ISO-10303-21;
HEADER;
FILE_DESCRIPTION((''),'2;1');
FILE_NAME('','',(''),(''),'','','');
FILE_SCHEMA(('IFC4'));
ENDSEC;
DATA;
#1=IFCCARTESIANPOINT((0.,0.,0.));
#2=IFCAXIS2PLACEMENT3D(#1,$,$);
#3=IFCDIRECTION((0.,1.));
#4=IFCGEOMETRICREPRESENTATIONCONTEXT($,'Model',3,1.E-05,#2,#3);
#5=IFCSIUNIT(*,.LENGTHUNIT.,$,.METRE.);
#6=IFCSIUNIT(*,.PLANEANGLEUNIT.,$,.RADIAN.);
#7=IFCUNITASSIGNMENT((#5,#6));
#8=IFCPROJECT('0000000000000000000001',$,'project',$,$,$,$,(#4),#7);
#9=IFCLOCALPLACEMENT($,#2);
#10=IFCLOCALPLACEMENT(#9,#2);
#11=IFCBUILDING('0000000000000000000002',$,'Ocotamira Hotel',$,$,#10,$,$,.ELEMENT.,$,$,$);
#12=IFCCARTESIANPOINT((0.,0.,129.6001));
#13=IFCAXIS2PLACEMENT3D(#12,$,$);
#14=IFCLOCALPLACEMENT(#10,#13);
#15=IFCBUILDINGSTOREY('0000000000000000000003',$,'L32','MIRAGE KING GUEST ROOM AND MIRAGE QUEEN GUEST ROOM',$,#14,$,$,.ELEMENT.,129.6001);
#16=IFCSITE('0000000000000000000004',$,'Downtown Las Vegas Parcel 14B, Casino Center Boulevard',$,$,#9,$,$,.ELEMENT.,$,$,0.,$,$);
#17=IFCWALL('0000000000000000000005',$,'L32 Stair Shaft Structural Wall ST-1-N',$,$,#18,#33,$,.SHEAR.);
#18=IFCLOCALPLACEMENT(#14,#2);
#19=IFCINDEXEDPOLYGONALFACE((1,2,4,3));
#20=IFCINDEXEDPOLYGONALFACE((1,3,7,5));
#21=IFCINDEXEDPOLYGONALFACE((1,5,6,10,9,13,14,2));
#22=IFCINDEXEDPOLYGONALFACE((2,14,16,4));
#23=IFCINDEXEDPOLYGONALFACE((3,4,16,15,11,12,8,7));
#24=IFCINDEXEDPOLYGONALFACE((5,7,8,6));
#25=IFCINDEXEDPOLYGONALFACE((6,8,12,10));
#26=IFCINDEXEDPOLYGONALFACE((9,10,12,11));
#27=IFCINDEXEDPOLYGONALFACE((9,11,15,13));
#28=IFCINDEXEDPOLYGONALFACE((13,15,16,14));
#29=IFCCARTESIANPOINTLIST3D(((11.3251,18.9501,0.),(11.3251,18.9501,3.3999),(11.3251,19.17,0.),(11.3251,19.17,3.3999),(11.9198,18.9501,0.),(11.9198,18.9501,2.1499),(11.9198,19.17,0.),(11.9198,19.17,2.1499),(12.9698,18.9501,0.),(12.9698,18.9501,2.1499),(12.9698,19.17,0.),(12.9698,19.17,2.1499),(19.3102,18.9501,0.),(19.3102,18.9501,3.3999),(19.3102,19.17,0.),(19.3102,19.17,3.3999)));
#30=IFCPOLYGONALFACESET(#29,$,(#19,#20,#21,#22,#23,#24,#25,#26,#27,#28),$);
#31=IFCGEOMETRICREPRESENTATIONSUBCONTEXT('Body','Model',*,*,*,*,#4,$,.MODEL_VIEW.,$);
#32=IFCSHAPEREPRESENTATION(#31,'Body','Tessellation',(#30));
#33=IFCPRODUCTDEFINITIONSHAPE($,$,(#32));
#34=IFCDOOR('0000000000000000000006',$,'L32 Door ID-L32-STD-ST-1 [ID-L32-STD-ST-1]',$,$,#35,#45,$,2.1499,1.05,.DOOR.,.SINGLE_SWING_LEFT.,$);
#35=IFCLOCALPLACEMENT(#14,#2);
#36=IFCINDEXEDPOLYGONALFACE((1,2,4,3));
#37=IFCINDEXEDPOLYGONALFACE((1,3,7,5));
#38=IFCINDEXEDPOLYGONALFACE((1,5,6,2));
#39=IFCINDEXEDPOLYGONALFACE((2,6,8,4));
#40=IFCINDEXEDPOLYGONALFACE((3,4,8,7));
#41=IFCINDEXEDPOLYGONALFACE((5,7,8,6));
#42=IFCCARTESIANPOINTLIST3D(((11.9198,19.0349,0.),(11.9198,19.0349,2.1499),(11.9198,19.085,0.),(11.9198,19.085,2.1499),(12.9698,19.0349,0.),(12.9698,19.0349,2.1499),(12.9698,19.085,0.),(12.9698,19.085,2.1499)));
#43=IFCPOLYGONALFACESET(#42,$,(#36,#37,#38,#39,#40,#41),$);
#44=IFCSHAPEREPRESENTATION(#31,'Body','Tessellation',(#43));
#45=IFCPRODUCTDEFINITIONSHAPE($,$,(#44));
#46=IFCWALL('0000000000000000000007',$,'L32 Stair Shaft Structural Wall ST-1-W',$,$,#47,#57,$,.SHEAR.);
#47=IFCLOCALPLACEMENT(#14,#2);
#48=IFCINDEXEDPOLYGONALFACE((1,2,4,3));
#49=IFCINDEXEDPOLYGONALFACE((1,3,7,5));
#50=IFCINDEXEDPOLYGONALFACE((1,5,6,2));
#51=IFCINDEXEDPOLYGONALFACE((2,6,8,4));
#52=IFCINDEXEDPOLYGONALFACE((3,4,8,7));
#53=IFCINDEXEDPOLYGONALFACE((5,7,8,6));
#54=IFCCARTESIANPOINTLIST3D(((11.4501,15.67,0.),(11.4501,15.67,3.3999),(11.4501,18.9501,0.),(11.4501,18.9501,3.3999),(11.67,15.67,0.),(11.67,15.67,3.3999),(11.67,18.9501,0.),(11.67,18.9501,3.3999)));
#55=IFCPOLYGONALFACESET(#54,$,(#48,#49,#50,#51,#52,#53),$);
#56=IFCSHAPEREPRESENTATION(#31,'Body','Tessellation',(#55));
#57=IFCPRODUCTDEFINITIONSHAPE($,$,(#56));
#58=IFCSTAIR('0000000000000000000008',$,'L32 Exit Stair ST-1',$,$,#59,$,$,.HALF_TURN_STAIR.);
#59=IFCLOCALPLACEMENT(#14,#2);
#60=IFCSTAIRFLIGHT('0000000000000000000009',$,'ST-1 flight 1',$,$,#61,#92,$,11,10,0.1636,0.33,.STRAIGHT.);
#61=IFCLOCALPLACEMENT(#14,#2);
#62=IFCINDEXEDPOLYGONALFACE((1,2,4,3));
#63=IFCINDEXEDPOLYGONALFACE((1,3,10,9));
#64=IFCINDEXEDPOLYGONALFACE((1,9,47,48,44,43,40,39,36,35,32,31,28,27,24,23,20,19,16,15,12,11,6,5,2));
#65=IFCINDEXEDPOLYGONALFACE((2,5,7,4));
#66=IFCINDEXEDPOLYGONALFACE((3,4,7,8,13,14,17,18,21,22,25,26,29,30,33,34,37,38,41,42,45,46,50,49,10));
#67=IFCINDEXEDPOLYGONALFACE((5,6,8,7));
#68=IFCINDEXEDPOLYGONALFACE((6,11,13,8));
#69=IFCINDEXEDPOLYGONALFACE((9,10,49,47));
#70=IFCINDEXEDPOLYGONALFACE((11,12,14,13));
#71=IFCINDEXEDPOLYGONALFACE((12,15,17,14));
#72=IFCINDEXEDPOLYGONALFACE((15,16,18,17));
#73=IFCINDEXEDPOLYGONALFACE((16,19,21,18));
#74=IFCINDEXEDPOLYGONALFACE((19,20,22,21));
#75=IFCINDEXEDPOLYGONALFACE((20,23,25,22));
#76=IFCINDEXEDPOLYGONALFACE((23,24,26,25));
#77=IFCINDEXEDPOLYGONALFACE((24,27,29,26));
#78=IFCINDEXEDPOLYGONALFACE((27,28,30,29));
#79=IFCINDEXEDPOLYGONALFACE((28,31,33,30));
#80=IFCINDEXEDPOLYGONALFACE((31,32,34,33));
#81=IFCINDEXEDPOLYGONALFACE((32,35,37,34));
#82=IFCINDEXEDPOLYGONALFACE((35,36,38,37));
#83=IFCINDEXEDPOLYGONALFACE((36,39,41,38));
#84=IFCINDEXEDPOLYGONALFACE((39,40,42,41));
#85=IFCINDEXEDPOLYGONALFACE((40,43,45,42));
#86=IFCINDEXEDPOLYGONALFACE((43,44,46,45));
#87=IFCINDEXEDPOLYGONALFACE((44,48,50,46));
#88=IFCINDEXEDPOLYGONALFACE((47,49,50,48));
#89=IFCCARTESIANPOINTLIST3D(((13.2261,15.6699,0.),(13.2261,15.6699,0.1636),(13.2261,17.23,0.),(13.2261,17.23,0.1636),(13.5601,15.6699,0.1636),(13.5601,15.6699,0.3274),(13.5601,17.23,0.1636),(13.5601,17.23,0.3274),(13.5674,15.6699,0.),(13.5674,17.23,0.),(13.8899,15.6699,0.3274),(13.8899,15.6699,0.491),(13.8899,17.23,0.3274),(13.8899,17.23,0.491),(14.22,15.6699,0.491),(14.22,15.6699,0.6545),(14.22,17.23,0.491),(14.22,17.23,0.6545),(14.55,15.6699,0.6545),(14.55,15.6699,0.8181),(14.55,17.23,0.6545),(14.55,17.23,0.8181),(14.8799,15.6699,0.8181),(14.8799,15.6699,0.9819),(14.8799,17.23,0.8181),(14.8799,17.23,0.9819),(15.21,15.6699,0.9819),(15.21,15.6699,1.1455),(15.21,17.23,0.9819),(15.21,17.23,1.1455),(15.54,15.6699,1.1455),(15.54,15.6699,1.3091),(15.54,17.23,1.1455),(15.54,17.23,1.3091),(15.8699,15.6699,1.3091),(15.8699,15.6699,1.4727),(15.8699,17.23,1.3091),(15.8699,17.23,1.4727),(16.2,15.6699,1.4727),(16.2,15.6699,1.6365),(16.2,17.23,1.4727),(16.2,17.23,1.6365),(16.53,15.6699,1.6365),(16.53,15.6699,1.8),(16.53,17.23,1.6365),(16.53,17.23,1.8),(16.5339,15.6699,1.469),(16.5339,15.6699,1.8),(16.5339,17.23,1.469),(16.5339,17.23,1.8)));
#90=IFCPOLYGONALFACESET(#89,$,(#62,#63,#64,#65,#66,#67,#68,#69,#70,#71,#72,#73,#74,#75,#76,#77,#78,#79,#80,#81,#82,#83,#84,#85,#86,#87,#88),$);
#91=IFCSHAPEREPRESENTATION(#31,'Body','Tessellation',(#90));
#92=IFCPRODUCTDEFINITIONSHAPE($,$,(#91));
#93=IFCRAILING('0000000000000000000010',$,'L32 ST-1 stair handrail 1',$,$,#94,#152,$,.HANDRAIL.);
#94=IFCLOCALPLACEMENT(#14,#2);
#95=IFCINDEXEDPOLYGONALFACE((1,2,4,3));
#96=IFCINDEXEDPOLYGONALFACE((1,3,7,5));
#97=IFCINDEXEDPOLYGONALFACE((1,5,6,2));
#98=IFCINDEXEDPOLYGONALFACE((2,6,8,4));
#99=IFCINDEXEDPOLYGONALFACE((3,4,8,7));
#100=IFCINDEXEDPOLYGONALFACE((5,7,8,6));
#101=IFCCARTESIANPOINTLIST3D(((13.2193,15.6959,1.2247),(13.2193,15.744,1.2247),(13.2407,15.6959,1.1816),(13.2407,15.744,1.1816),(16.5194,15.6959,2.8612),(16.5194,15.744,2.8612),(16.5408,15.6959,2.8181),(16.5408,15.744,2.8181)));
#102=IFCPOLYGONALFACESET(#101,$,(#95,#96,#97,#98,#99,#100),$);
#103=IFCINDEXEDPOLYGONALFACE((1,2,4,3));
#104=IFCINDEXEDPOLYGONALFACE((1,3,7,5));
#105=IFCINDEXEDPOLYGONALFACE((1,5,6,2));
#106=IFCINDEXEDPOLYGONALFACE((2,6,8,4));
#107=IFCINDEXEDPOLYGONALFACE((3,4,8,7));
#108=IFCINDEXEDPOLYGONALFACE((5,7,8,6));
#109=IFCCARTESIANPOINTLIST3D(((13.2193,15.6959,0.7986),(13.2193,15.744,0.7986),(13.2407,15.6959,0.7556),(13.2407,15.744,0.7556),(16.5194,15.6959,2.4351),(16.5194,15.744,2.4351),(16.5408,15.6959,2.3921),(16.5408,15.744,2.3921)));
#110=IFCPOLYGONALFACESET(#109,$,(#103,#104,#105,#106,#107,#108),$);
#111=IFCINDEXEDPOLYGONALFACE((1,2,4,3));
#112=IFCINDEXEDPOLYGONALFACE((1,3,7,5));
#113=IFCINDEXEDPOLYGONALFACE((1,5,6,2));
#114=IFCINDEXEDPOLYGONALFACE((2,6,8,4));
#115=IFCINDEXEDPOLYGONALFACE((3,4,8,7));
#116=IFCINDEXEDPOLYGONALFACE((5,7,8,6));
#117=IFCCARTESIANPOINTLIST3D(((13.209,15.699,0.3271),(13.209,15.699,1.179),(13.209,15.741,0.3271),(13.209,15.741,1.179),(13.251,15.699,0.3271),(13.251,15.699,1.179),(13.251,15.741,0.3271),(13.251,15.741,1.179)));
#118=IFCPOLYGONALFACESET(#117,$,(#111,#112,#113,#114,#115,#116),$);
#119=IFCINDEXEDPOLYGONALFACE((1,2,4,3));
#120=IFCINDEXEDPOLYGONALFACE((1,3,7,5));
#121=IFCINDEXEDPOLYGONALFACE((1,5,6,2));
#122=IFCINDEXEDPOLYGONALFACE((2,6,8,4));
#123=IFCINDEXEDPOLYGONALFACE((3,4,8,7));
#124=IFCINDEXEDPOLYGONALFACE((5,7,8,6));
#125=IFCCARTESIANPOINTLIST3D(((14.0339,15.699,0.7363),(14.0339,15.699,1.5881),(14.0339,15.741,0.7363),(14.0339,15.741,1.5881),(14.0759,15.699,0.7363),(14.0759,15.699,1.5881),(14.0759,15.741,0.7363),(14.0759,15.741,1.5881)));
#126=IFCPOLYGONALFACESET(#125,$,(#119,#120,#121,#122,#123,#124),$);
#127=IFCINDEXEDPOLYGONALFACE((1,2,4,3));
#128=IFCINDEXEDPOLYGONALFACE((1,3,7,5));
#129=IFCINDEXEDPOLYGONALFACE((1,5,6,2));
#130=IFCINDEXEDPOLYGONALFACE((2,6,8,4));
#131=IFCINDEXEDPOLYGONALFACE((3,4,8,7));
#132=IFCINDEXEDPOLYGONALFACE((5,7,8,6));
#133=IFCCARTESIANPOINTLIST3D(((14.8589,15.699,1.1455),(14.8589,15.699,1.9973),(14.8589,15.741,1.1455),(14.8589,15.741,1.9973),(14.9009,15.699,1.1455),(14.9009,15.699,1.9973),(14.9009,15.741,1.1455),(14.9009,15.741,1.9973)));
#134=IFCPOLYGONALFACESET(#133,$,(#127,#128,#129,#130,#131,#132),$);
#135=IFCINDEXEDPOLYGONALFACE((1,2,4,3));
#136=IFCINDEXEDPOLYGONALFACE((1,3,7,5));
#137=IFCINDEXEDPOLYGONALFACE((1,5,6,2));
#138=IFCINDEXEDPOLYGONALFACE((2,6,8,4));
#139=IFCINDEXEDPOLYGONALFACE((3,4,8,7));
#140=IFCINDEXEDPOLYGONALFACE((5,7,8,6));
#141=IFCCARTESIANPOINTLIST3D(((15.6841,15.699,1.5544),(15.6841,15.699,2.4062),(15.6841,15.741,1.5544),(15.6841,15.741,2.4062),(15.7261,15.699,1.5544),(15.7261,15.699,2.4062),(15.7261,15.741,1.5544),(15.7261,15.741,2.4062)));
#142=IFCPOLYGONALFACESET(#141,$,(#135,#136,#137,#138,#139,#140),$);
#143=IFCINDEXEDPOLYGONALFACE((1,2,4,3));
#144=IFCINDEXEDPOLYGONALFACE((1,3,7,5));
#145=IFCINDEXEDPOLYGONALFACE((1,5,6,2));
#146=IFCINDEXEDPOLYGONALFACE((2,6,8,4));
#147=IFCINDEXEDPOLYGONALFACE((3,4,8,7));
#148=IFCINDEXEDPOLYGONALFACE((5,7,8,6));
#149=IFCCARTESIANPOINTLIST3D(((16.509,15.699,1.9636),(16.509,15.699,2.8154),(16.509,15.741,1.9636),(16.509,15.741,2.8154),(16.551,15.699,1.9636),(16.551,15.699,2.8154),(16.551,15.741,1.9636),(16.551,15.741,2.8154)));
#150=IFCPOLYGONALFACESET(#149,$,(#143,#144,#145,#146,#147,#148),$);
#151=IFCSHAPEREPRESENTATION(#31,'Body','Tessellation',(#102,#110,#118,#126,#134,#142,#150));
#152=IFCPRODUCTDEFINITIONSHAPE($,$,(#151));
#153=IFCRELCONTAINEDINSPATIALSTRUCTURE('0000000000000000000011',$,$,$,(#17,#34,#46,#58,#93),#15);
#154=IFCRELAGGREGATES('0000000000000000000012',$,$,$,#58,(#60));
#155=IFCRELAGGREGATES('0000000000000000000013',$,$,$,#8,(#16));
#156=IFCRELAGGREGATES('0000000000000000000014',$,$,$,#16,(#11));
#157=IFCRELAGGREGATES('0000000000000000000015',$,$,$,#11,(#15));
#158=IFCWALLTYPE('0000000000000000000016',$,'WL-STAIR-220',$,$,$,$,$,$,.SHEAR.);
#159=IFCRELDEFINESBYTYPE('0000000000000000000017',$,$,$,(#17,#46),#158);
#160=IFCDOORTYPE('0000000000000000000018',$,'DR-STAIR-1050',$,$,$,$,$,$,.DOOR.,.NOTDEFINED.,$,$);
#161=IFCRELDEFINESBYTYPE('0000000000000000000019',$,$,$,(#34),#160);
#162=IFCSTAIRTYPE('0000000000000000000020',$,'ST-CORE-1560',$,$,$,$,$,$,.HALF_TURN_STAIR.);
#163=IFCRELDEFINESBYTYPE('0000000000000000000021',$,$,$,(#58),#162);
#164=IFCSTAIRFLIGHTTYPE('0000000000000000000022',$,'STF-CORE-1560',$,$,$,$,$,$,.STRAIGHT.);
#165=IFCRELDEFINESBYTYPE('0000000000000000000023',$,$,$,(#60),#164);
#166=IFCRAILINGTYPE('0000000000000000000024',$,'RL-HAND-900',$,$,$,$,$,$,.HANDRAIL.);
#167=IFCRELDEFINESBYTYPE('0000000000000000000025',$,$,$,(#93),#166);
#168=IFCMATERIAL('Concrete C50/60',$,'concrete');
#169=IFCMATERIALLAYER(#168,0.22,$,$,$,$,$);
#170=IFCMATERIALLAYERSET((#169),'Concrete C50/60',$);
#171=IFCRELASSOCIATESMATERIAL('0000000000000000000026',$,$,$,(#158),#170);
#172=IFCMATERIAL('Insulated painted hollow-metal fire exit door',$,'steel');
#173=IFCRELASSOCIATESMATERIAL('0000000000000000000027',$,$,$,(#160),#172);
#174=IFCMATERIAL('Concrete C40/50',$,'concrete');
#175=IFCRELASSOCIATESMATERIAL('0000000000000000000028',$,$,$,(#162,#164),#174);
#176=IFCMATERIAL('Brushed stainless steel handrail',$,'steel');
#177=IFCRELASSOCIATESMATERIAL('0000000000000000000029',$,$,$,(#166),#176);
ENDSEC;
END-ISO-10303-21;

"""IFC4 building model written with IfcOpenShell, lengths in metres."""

from ifc_helpers import new_model, si_unit, direction, frame, frame_2d, origin, origin_2d, place, context, subcontext, project, spatial, polyline, rectangle, outline, extrude, source, transform, mapped, material, layer, layer_set, type_object, element, fill, aggregate, save


model = new_model("IFC4")

# Units and contexts
model_context = context("Model", 3, precision=1e-05, world=origin(), true_north=direction((0.0, 1.0)))
body_context = subcontext(model_context, "Body", "Model", "MODEL_VIEW")
ifc_project = project(units=[si_unit("LENGTHUNIT", "METRE"), si_unit("PLANEANGLEUNIT", "RADIAN")], contexts=[model_context])

# Site, building, storey
site_placement = place(None, origin())
site = spatial("IfcSite", under=ifc_project, at=site_placement, Name="Downtown Las Vegas Parcel 14B, Casino Center Boulevard", CompositionType="ELEMENT", RefElevation=0.0)
building_placement = place(site_placement, origin())
building = spatial("IfcBuilding", under=site, at=building_placement, Name="Ocotamira Hotel", CompositionType="ELEMENT")
storey_placement = place(building_placement, frame((0.0, 0.0, 129.6001)))
storey = spatial("IfcBuildingStorey", under=building, at=storey_placement, Name="L32", Description="MIRAGE KING GUEST ROOM AND MIRAGE QUEEN GUEST ROOM", CompositionType="ELEMENT", Elevation=129.6001)

# Shared definitions
ifc_material_1 = material(Name="Concrete C50/60", Category="concrete")
ifc_layer_1 = layer(ifc_material_1, 0.22)
ifc_layer_set_1 = layer_set([ifc_layer_1], Name="Concrete C50/60")
wall_type_1 = type_object("IfcWallType", Name="WL-STAIR-220", PredefinedType="SHEAR", material=ifc_layer_set_1)

# Wall, opening, door
wall_1_placement = place(storey_placement, frame((11.325, 19.0601, 0.0), z_axis=(0.0, 0.0, 1.0), x_axis=(1.0, 0.0, 0.0)))
wall_1 = element("IfcWall", 1, at=wall_1_placement, inside=storey, type_object=wall_type_1, Name="L32 Stair Shaft Structural Wall ST-1-N", PredefinedType="SHEAR", context=body_context, shape_type="SweptSolid", body=[
    extrude(rectangle(XDim=7.9851, YDim=0.22, at=frame_2d((3.9927, 0.0))), origin(), (0.0, 0.0, 1.0), 3.3999),
])
opening_1_placement = place(wall_1_placement, frame((0.595, 0.0, 0.0)))
opening_1 = element("IfcOpeningElement", 2, at=opening_1_placement, cuts=wall_1, PredefinedType="OPENING", context=body_context, shape_type="SweptSolid", body=[
    extrude(rectangle(XDim=1.05, YDim=2.1499, at=frame_2d((0.5249, 1.075))), frame((0.0, 0.1201, 0.0), z_axis=(0.0, -1.0, 0.0), x_axis=(1.0, 0.0, 0.0)), (0.0, 0.0, 1.0), 0.24),
])
ifc_material_2 = material(Name="Insulated painted hollow-metal fire exit door", Category="steel")
door_type_1 = type_object("IfcDoorType", Name="DR-STAIR-1050", OperationType="NOTDEFINED", PredefinedType="DOOR", material=ifc_material_2)
shared_shape_1 = source(origin(), body_context, "Body", "SweptSolid", [
    extrude(rectangle(XDim=1.05, YDim=2.1499, at=frame_2d((0.5249, 1.075))), frame((0.0, 0.0249, 0.0), z_axis=(0.0, -1.0, 0.0), x_axis=(1.0, 0.0, 0.0)), (0.0, 0.0, 1.0), 0.05),
])
door_1_placement = place(opening_1_placement, origin())
door_1 = element("IfcDoor", 3, at=door_1_placement, inside=storey, type_object=door_type_1, Name="L32 Door ID-L32-STD-ST-1 [ID-L32-STD-ST-1]", OperationType="SINGLE_SWING_LEFT", OverallHeight=2.1499, OverallWidth=1.05, PredefinedType="DOOR", context=body_context, shape_type="MappedRepresentation", body=[
    mapped(shared_shape_1, transform((0.0, 0.0, 0.0), scale=1.0)),
])
fill(opening_1, door_1)

# Wall
wall_2_placement = place(storey_placement, frame((11.5601, 15.6699, 0.0), z_axis=(0.0, 0.0, 1.0), x_axis=(0.0, 1.0, 0.0)))
element("IfcWall", 4, at=wall_2_placement, inside=storey, type_object=wall_type_1, Name="L32 Stair Shaft Structural Wall ST-1-W", PredefinedType="SHEAR", context=body_context, shape_type="SweptSolid", body=[
    extrude(rectangle(XDim=3.28, YDim=0.22, at=frame_2d((1.6401, 0.0))), origin(), (0.0, 0.0, 1.0), 3.3999),
])

# Stair, stair flight
ifc_material_3 = material(Name="Concrete C40/50", Category="concrete")
stair_type = type_object("IfcStairType", Name="ST-CORE-1560", PredefinedType="HALF_TURN_STAIR", material=ifc_material_3)
stair_placement = place(storey_placement, origin())
stair = element("IfcStair", 5, at=stair_placement, inside=storey, type_object=stair_type, Name="L32 Exit Stair ST-1", PredefinedType="HALF_TURN_STAIR")
stair_flight_type = type_object("IfcStairFlightType", Name="STF-CORE-1560", PredefinedType="STRAIGHT", material=ifc_material_3)
shared_shape_2 = source(origin(), body_context, "Body", "SweptSolid", [
    extrude(outline(polyline([(-0.0039, 0.0), (-0.0039, 0.1636), (0.3301, 0.1636), (0.3301, 0.3274), (0.6599, 0.3274), (0.6599, 0.491), (0.99, 0.491), (0.99, 0.6545), (1.3201, 0.6545), (1.3201, 0.8181), (1.6499, 0.8181), (1.6499, 0.9819), (1.98, 0.9819), (1.98, 1.1455), (2.3101, 1.1455), (2.3101, 1.3091), (2.6399, 1.3091), (2.6399, 1.4727), (2.97, 1.4727), (2.97, 1.6365), (3.3, 1.6365), (3.3, 1.8), (3.304, 1.8), (3.304, 1.469), (0.3374, 0.0), (-0.0039, 0.0)])), frame((0.0, 0.78, 0.0), z_axis=(0.0, -1.0, 0.0), x_axis=(1.0, 0.0, 0.0)), (0.0, 0.0, 1.0), 1.5601),
])
stair_flight_placement = place(storey_placement, frame((13.23, 16.45, 0.0), z_axis=(0.0, 0.0, 1.0), x_axis=(1.0, 0.0, 0.0)))
stair_flight = element("IfcStairFlight", 6, at=stair_flight_placement, type_object=stair_flight_type, Name="ST-1 flight 1", NumberOfRisers=11, NumberOfTreads=10, PredefinedType="STRAIGHT", RiserHeight=0.1636, TreadLength=0.33, context=body_context, shape_type="MappedRepresentation", body=[
    mapped(shared_shape_2, transform((0.0, 0.0, 0.0), scale=1.0)),
])
aggregate(stair, [stair_flight])

# Railing
ifc_material_4 = material(Name="Brushed stainless steel handrail", Category="steel")
railing_type_1 = type_object("IfcRailingType", Name="RL-HAND-900", PredefinedType="HANDRAIL", material=ifc_material_4)
railing_1_placement = place(storey_placement, frame((13.23, 15.72, 0.3271)))
element("IfcRailing", 7, at=railing_1_placement, inside=storey, type_object=railing_type_1, Name="L32 ST-1 stair handrail 1", PredefinedType="HANDRAIL", context=body_context, shape_type="SweptSolid", body=[
    extrude(rectangle(XDim=0.0481, YDim=0.0481, at=origin_2d()), frame((0.0, 0.0, 0.876), z_axis=(0.895894, 0.0, 0.444268), x_axis=(0.0, 1.0, 0.0)), (0.0, 0.0, 1.0), 3.6836),
    extrude(rectangle(XDim=0.0481, YDim=0.0481, at=origin_2d()), frame((0.0, 0.0, 0.45), z_axis=(0.895894, 0.0, 0.444268), x_axis=(0.0, 1.0, 0.0)), (0.0, 0.0, 1.0), 3.6836),
    extrude(rectangle(XDim=0.042, YDim=0.042, at=origin_2d()), origin(), (0.0, 0.0, 1.0), 0.8518),
    extrude(rectangle(XDim=0.042, YDim=0.042, at=origin_2d()), frame((0.825, 0.0, 0.4092)), (0.0, 0.0, 1.0), 0.8518),
    extrude(rectangle(XDim=0.042, YDim=0.042, at=origin_2d()), frame((1.6499, 0.0, 0.8184)), (0.0, 0.0, 1.0), 0.8518),
    extrude(rectangle(XDim=0.042, YDim=0.042, at=origin_2d()), frame((2.4751, 0.0, 1.2273)), (0.0, 0.0, 1.0), 0.8518),
    extrude(rectangle(XDim=0.042, YDim=0.042, at=origin_2d()), frame((3.3, 0.0, 1.6365)), (0.0, 0.0, 1.0), 0.8518),
])

save(model, "model.ifc")
